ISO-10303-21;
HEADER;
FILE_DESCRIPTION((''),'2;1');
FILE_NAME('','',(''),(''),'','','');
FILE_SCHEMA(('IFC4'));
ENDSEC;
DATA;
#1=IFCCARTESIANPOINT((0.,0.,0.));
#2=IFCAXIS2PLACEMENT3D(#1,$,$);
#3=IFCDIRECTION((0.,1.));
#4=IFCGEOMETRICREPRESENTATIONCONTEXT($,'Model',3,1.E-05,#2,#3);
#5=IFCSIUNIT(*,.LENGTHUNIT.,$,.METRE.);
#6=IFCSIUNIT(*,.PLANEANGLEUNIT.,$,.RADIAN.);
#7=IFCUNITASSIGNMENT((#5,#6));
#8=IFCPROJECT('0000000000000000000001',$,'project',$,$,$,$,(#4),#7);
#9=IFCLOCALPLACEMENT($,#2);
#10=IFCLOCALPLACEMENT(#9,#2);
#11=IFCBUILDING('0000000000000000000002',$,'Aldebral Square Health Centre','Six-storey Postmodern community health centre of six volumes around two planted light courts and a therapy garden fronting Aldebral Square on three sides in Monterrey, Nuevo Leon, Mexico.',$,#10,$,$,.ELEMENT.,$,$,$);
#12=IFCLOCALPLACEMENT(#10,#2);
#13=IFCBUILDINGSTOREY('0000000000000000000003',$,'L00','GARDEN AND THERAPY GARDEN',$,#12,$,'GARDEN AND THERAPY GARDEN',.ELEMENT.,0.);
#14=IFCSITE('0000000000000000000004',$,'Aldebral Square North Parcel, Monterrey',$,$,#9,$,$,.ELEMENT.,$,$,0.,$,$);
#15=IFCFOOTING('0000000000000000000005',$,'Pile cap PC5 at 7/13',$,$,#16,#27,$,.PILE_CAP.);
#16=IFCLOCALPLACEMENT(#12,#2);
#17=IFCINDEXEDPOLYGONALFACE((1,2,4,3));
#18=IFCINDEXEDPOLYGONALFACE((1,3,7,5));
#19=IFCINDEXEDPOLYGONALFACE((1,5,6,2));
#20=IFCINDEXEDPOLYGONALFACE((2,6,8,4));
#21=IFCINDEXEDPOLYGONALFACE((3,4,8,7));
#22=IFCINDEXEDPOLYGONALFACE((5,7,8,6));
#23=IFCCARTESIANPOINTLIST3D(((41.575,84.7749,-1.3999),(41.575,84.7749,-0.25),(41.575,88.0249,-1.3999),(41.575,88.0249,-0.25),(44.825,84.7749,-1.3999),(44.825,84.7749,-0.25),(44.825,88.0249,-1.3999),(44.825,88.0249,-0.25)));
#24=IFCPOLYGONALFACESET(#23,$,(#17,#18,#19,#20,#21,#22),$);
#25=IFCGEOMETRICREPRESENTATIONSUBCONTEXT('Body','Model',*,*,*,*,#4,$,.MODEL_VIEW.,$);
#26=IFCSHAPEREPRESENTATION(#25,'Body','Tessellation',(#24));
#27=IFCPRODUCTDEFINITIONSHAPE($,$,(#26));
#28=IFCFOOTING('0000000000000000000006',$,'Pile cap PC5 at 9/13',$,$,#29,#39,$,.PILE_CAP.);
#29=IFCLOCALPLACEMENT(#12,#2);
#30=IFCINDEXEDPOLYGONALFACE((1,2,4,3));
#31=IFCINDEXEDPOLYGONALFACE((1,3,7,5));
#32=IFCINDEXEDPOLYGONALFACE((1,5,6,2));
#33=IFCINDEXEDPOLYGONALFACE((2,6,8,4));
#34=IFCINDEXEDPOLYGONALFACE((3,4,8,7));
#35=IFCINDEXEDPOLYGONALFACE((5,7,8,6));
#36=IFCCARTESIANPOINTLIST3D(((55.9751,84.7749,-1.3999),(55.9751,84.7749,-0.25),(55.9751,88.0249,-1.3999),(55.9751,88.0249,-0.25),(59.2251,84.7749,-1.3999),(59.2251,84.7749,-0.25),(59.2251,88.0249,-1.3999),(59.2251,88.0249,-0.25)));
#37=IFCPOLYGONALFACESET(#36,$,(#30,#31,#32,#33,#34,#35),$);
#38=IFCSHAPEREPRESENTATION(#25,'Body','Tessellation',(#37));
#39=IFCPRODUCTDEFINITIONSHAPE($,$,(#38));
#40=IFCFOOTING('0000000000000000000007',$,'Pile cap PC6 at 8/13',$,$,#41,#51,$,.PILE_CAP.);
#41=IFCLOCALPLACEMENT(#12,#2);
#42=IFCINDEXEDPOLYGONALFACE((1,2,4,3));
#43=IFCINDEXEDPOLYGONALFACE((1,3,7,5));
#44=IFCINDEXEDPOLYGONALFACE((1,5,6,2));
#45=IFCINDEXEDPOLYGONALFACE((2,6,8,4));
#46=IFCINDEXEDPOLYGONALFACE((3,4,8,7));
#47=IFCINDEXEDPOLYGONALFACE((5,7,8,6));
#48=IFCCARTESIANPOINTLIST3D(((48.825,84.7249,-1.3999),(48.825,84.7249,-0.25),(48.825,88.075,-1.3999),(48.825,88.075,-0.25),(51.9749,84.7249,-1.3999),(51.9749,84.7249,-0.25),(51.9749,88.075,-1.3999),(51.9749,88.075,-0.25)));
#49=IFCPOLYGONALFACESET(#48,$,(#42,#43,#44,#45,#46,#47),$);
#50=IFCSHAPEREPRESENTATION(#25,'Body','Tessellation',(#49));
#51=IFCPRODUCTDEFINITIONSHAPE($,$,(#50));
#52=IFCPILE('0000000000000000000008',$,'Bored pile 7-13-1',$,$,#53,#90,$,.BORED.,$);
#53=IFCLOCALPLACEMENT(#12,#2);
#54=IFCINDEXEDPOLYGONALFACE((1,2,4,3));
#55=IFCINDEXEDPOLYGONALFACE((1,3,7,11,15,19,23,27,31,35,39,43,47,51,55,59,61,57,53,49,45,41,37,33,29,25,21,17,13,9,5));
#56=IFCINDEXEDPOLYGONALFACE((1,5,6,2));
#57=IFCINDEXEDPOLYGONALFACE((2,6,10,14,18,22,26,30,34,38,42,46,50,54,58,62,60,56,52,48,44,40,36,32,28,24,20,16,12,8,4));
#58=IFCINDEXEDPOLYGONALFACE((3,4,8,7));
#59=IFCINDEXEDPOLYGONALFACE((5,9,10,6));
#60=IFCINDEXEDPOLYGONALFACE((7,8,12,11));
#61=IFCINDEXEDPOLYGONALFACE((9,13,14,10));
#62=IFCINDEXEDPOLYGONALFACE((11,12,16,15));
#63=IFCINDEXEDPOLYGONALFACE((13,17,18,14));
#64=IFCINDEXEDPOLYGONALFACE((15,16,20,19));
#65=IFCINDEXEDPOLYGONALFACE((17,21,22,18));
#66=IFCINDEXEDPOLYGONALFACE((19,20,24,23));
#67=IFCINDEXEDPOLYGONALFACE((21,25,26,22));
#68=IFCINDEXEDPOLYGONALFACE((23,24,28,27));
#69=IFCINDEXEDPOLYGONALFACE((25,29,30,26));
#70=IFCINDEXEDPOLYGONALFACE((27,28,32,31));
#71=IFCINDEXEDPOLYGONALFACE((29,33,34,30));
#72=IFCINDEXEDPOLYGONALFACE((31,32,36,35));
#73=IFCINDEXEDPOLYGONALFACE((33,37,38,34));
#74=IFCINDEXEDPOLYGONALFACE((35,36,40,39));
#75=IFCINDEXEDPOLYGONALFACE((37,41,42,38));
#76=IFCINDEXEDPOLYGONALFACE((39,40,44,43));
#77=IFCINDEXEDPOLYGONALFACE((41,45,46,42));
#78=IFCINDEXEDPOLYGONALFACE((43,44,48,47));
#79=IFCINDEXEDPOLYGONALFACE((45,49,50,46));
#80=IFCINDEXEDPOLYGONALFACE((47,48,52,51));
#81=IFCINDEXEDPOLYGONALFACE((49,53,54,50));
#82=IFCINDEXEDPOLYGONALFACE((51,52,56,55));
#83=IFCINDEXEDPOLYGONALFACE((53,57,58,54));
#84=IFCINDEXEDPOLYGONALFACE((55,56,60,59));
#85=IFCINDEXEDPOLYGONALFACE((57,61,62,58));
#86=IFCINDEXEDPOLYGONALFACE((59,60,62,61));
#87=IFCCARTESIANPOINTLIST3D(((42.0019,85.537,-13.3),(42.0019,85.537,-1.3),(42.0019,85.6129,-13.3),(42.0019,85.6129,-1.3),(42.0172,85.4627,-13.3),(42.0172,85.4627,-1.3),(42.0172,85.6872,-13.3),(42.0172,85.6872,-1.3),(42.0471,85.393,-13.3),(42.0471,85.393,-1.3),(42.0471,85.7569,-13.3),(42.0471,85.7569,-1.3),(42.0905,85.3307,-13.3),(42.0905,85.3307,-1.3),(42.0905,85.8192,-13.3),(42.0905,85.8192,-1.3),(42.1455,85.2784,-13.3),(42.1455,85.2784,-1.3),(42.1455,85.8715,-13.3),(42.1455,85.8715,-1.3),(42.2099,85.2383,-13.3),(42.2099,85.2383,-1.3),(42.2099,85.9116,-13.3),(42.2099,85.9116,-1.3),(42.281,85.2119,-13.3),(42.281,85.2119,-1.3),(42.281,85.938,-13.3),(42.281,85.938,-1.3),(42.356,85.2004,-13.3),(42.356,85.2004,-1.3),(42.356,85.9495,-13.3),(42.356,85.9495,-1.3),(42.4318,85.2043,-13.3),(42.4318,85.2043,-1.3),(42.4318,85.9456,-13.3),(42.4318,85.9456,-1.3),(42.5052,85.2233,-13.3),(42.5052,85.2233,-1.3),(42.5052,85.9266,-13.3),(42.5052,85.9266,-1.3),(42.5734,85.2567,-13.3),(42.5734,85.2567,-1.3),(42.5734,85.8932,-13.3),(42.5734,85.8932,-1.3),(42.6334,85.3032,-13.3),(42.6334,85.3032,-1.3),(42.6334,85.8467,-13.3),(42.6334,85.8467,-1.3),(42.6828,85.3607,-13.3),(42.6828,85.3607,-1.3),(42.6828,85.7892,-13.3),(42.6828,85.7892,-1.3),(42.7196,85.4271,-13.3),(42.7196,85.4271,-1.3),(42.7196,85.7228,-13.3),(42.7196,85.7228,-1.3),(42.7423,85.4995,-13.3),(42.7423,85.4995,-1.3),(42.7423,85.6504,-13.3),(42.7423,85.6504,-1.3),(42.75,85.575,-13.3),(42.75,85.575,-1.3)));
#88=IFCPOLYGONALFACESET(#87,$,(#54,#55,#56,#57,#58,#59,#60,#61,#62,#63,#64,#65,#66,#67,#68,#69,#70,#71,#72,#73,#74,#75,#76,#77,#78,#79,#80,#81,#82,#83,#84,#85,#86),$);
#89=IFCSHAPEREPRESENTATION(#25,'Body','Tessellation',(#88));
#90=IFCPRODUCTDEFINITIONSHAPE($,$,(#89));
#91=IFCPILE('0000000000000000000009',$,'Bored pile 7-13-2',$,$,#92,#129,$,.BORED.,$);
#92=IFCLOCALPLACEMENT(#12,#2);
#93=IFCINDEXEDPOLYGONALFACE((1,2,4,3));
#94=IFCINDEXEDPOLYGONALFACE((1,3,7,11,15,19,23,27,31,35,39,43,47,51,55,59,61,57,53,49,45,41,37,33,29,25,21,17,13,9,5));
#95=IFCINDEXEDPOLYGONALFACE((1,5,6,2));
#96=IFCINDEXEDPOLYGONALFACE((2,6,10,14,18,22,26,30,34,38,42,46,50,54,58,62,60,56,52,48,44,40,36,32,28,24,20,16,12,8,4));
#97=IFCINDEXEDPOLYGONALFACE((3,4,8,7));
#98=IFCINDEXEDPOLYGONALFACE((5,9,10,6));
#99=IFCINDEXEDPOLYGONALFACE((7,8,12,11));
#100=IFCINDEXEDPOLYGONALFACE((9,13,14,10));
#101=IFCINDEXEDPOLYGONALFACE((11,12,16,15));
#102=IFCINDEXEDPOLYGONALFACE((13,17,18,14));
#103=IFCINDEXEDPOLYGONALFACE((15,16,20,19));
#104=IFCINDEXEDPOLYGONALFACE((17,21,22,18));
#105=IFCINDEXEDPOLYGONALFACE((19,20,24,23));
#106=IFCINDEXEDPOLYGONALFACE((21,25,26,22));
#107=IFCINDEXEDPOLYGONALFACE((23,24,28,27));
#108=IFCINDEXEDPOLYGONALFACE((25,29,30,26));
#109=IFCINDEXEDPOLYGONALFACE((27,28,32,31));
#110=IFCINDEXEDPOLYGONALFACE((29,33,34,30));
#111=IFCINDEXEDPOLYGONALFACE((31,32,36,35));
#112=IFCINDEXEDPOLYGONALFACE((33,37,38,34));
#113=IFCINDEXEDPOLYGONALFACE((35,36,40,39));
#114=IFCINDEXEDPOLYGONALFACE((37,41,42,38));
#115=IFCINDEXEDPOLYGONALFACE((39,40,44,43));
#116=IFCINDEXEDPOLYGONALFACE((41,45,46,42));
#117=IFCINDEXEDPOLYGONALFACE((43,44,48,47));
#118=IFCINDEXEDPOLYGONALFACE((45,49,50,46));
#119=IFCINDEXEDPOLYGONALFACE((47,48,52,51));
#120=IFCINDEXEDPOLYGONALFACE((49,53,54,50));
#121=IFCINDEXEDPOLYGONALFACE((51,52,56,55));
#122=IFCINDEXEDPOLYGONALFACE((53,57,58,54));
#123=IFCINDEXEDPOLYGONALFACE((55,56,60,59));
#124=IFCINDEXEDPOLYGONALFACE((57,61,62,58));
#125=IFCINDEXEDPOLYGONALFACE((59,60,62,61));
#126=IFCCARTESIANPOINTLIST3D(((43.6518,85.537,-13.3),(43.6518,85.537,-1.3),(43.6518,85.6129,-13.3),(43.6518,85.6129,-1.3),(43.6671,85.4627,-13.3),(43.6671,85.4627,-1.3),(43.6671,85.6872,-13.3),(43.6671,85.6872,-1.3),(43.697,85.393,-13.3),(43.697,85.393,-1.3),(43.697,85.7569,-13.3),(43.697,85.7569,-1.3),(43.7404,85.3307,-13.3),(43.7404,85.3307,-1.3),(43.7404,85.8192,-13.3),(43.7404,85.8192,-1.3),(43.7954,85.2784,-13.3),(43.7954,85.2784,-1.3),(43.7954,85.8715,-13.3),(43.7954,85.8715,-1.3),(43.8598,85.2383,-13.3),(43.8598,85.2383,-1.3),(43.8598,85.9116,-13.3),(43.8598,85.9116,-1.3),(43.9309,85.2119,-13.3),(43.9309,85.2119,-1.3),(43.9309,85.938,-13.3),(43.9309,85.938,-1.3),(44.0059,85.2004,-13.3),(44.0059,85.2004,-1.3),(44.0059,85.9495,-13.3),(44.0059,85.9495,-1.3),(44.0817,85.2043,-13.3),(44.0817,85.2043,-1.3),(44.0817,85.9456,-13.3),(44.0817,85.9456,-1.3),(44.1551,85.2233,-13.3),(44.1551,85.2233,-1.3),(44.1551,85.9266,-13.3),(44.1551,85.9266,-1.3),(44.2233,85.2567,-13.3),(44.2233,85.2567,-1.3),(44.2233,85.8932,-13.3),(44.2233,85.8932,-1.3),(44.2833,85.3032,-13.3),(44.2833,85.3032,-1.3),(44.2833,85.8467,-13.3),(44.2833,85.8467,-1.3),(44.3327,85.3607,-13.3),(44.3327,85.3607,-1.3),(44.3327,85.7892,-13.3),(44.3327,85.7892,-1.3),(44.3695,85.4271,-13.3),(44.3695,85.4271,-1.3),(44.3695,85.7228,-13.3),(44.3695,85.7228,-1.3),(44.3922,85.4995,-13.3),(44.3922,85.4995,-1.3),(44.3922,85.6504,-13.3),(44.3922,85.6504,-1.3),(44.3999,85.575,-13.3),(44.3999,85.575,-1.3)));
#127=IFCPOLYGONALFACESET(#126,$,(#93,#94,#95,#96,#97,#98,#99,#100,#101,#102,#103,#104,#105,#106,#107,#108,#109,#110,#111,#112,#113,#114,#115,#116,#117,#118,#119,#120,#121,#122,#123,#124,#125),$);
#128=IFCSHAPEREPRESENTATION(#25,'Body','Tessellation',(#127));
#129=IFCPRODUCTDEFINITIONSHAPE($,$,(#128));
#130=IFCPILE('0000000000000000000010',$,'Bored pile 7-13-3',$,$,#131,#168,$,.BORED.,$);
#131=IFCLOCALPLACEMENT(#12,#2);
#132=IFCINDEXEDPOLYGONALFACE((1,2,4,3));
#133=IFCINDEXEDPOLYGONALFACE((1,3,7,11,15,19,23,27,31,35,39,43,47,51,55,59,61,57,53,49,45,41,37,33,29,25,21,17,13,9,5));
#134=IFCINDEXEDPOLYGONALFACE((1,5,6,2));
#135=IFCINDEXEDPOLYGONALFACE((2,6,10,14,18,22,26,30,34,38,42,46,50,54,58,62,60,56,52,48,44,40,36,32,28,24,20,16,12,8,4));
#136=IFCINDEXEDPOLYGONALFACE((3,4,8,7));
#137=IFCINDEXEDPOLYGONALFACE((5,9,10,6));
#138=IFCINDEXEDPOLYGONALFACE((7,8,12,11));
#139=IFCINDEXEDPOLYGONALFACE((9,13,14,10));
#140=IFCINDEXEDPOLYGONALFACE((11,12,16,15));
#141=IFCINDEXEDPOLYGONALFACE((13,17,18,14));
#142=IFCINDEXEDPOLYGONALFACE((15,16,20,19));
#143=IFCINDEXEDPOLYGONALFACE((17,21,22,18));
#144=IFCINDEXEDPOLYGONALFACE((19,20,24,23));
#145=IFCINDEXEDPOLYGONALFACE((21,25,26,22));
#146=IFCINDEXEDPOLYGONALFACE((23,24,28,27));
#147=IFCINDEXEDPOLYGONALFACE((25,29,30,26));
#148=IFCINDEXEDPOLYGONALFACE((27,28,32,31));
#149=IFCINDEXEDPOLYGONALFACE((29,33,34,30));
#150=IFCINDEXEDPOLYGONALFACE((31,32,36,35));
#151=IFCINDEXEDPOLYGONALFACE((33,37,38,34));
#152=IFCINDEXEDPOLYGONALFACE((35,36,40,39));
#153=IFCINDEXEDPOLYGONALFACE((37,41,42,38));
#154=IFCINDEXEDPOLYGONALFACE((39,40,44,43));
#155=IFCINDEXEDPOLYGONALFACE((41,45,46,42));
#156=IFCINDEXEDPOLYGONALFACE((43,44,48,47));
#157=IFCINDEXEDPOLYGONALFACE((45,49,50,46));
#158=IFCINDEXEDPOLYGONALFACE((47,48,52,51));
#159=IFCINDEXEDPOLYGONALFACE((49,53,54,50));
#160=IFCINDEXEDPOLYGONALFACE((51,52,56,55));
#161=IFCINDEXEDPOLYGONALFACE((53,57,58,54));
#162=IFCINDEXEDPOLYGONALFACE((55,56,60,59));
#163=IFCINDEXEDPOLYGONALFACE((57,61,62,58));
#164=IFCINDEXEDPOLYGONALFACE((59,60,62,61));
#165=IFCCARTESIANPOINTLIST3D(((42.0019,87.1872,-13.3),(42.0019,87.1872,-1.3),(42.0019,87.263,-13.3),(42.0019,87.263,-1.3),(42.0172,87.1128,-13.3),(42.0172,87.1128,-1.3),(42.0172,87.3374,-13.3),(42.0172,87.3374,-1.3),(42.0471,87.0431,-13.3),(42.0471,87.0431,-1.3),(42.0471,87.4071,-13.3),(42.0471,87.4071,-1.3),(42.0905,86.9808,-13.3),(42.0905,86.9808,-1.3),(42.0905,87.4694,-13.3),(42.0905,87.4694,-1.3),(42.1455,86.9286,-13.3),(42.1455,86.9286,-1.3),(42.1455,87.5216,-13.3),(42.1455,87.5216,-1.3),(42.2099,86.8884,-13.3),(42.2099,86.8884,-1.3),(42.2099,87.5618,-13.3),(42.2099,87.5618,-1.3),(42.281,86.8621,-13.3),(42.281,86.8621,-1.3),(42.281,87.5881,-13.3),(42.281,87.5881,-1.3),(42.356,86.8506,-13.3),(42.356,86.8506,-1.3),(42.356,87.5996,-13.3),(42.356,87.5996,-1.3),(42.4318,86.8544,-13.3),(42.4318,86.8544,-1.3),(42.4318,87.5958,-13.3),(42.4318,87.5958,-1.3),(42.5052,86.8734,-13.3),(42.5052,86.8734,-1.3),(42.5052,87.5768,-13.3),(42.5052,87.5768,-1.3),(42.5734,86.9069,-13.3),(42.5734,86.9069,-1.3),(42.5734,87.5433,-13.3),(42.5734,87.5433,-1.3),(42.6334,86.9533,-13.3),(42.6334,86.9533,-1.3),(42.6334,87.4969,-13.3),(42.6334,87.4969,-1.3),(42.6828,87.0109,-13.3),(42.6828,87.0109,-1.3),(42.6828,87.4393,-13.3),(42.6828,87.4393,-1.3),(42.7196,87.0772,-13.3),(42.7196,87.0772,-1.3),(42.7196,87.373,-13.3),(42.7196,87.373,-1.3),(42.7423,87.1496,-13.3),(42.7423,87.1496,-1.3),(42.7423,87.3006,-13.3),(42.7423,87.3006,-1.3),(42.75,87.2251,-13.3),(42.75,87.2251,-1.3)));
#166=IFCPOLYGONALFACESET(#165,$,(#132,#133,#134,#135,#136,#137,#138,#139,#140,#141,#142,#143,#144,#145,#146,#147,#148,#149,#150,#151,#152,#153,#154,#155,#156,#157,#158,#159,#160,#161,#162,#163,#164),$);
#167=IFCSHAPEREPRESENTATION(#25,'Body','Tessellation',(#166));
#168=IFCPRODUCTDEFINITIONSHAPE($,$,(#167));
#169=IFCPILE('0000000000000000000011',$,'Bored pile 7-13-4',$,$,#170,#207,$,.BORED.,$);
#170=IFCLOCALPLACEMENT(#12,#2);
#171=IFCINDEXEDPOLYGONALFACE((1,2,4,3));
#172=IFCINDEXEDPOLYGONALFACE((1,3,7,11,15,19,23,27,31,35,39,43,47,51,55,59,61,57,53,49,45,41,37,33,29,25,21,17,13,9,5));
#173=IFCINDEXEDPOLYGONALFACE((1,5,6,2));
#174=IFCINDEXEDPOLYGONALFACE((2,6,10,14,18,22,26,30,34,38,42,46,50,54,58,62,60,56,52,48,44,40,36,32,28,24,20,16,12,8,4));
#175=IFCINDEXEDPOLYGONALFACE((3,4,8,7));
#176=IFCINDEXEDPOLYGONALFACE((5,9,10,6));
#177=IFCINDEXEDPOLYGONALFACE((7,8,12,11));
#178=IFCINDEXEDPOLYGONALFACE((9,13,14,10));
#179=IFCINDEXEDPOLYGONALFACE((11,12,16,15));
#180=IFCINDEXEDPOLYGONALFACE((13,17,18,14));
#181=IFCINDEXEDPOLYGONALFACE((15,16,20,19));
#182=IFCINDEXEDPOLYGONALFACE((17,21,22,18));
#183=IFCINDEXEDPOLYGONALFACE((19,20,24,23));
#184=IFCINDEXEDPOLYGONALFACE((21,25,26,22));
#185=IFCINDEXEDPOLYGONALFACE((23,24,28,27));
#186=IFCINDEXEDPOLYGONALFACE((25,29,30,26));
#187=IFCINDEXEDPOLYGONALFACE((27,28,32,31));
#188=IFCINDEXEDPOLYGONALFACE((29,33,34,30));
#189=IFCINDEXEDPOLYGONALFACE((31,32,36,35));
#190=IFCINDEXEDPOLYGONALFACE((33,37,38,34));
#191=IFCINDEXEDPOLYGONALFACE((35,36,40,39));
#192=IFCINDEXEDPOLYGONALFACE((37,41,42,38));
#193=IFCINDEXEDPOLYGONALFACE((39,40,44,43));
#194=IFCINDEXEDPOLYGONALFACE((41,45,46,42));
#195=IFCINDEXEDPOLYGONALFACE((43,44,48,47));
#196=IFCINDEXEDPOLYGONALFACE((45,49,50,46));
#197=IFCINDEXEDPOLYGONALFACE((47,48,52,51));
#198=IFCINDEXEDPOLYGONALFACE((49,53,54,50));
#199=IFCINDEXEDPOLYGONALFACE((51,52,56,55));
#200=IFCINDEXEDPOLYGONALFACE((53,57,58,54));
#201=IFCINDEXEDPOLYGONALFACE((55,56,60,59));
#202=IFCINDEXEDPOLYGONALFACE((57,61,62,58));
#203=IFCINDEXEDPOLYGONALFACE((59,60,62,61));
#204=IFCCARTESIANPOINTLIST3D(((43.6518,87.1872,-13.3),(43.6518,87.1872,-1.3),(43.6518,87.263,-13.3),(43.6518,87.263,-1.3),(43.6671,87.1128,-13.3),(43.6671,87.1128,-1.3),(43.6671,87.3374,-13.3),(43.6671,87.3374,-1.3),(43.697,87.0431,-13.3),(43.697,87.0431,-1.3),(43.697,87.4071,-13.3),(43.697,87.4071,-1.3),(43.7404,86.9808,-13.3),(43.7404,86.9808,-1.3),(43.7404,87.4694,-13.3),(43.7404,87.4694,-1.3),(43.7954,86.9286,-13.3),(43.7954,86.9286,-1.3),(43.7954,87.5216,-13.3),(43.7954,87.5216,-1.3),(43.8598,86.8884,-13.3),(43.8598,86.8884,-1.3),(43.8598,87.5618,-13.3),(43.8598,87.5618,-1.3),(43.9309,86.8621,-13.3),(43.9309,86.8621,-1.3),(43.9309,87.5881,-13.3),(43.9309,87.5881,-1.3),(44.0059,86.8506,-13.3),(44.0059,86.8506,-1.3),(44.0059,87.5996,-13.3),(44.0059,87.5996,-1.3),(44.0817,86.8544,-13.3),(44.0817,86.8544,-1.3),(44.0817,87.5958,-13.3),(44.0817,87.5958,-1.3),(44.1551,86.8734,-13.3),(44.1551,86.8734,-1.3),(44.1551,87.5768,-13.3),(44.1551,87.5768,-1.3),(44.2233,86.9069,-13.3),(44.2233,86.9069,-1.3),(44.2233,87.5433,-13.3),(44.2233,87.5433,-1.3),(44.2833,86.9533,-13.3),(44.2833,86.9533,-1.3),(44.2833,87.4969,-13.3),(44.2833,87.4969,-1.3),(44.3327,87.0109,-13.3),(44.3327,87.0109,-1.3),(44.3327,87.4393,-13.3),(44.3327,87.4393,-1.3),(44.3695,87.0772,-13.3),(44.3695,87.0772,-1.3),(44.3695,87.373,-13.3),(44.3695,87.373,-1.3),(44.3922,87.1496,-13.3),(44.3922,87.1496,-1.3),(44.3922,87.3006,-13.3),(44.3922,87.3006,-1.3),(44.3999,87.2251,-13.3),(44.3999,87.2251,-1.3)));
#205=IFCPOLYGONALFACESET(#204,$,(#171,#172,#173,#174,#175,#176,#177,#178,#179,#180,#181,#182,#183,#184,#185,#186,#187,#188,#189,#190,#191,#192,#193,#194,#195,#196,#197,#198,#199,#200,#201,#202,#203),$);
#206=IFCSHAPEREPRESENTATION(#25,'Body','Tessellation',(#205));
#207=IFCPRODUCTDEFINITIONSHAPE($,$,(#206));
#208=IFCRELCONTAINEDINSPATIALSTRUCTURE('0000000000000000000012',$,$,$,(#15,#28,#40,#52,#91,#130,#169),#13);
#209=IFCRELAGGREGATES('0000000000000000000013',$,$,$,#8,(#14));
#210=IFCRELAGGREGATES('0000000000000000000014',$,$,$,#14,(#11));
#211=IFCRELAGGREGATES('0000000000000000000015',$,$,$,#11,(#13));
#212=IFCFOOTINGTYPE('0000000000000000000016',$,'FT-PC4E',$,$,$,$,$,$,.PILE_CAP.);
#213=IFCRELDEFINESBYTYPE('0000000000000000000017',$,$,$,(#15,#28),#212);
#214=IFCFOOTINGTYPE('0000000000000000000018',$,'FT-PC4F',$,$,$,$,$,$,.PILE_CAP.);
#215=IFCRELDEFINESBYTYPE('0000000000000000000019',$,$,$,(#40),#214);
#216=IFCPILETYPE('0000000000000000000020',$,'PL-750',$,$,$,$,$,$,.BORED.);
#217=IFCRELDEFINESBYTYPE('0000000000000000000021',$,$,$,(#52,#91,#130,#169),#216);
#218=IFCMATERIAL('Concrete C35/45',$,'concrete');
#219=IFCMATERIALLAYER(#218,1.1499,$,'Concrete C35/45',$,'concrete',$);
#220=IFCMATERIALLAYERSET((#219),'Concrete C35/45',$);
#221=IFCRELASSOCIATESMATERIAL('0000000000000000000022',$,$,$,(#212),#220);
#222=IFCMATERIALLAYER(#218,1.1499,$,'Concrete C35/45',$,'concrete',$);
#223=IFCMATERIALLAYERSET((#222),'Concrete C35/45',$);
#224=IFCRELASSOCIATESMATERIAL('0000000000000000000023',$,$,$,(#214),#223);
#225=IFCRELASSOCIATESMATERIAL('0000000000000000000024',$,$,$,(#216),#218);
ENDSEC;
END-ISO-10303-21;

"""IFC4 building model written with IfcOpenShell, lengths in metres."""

from ifc_helpers import new_model, si_unit, direction, frame, origin, origin_2d, place, context, subcontext, project, spatial, rectangle, circle, extrude, material, layer, layer_set, material_profile, profile_set, type_object, element, save


model = new_model("IFC4")

# Units and contexts
model_context = context("Model", 3, precision=1e-05, world=origin(), true_north=direction((0.0, 1.0)))
body_context = subcontext(model_context, "Body", "Model", "MODEL_VIEW")
ifc_project = project(units=[si_unit("LENGTHUNIT", "METRE"), si_unit("PLANEANGLEUNIT", "RADIAN")], contexts=[model_context])

# Site, building, storey
site_placement = place(None, origin())
site = spatial("IfcSite", under=ifc_project, at=site_placement, Name="Aldebral Square North Parcel, Monterrey", CompositionType="ELEMENT", RefElevation=0.0)
building_placement = place(site_placement, origin())
building = spatial("IfcBuilding", under=site, at=building_placement, Name="Aldebral Square Health Centre", Description="Six-storey Postmodern community health centre of six volumes around two planted light courts and a therapy garden fronting Aldebral Square on three sides in Monterrey, Nuevo Leon, Mexico.", CompositionType="ELEMENT")
storey_placement = place(building_placement, origin())
storey = spatial("IfcBuildingStorey", under=building, at=storey_placement, Name="L00", Description="GARDEN AND THERAPY GARDEN", LongName="GARDEN AND THERAPY GARDEN", CompositionType="ELEMENT", Elevation=0.0)

# Footings
ifc_material_1 = material(Name="Concrete C35/45", Category="concrete")
ifc_layer_1 = layer(ifc_material_1, 1.1499, Name="Concrete C35/45", Category="concrete")
ifc_layer_set_1 = layer_set([ifc_layer_1], Name="Concrete C35/45")
footing_type_1 = type_object("IfcFootingType", Name="FT-PC4E", PredefinedType="PILE_CAP", material=ifc_layer_set_1)
for number, where, z_axis, x_axis, name in (
    (1, (43.2, 86.3999, -1.3999), (0.0, 0.0, 1.0), (1.0, 0.0, 0.0), "Pile cap PC5 at 7/13"),
    (2, (57.6001, 86.3999, -1.3999), (0.0, 0.0, 1.0), (1.0, 0.0, 0.0), "Pile cap PC5 at 9/13"),
):
    element("IfcFooting", number, at=place(storey_placement, frame(where, z_axis=z_axis, x_axis=x_axis)), inside=storey, type_object=footing_type_1, Name=name, PredefinedType="PILE_CAP", context=body_context, shape_type="SweptSolid", body=[
        extrude(rectangle(XDim=3.25, YDim=3.25, at=origin_2d()), origin(), (0.0, 0.0, 1.0), 1.1499),
    ])
ifc_layer_2 = layer(ifc_material_1, 1.1499, Name="Concrete C35/45", Category="concrete")
ifc_layer_set_2 = layer_set([ifc_layer_2], Name="Concrete C35/45")
footing_type_2 = type_object("IfcFootingType", Name="FT-PC4F", PredefinedType="PILE_CAP", material=ifc_layer_set_2)
footing_placement = place(storey_placement, frame((50.3999, 86.3999, -1.3999), z_axis=(0.0, 0.0, 1.0), x_axis=(1.0, 0.0, 0.0)))
element("IfcFooting", 3, at=footing_placement, inside=storey, type_object=footing_type_2, Name="Pile cap PC6 at 8/13", PredefinedType="PILE_CAP", context=body_context, shape_type="SweptSolid", body=[
    extrude(rectangle(XDim=3.1499, YDim=3.3501, at=origin_2d()), origin(), (0.0, 0.0, 1.0), 1.1499),
])

# Piles
ifc_material_profile_1 = material_profile(ifc_material_1, circle(Radius=0.375, at=origin_2d()), Name="PILE D750")
ifc_profile_set_1 = profile_set([ifc_material_profile_1], Name="Concrete C35/45")
pile_type = type_object("IfcPileType", Name="PL-750", PredefinedType="BORED", material=ifc_profile_set_1)
for number, where, z_axis, x_axis, name in (
    (4, (42.375, 85.575, -1.3), (0.0, 0.0, -1.0), (1.0, 0.0, 0.0), "Bored pile 7-13-1"),
    (5, (44.0249, 85.575, -1.3), (0.0, 0.0, -1.0), (1.0, 0.0, 0.0), "Bored pile 7-13-2"),
    (6, (42.375, 87.2251, -1.3), (0.0, 0.0, -1.0), (1.0, 0.0, 0.0), "Bored pile 7-13-3"),
    (7, (44.0249, 87.2251, -1.3), (0.0, 0.0, -1.0), (1.0, 0.0, 0.0), "Bored pile 7-13-4"),
):
    element("IfcPile", number, at=place(storey_placement, frame(where, z_axis=z_axis, x_axis=x_axis)), inside=storey, type_object=pile_type, Name=name, PredefinedType="BORED", context=body_context, shape_type="SweptSolid", body=[
        extrude(circle(Radius=0.375, at=origin_2d()), origin(), (0.0, 0.0, 1.0), 12.0),
    ])

save(model, "model.ifc")
